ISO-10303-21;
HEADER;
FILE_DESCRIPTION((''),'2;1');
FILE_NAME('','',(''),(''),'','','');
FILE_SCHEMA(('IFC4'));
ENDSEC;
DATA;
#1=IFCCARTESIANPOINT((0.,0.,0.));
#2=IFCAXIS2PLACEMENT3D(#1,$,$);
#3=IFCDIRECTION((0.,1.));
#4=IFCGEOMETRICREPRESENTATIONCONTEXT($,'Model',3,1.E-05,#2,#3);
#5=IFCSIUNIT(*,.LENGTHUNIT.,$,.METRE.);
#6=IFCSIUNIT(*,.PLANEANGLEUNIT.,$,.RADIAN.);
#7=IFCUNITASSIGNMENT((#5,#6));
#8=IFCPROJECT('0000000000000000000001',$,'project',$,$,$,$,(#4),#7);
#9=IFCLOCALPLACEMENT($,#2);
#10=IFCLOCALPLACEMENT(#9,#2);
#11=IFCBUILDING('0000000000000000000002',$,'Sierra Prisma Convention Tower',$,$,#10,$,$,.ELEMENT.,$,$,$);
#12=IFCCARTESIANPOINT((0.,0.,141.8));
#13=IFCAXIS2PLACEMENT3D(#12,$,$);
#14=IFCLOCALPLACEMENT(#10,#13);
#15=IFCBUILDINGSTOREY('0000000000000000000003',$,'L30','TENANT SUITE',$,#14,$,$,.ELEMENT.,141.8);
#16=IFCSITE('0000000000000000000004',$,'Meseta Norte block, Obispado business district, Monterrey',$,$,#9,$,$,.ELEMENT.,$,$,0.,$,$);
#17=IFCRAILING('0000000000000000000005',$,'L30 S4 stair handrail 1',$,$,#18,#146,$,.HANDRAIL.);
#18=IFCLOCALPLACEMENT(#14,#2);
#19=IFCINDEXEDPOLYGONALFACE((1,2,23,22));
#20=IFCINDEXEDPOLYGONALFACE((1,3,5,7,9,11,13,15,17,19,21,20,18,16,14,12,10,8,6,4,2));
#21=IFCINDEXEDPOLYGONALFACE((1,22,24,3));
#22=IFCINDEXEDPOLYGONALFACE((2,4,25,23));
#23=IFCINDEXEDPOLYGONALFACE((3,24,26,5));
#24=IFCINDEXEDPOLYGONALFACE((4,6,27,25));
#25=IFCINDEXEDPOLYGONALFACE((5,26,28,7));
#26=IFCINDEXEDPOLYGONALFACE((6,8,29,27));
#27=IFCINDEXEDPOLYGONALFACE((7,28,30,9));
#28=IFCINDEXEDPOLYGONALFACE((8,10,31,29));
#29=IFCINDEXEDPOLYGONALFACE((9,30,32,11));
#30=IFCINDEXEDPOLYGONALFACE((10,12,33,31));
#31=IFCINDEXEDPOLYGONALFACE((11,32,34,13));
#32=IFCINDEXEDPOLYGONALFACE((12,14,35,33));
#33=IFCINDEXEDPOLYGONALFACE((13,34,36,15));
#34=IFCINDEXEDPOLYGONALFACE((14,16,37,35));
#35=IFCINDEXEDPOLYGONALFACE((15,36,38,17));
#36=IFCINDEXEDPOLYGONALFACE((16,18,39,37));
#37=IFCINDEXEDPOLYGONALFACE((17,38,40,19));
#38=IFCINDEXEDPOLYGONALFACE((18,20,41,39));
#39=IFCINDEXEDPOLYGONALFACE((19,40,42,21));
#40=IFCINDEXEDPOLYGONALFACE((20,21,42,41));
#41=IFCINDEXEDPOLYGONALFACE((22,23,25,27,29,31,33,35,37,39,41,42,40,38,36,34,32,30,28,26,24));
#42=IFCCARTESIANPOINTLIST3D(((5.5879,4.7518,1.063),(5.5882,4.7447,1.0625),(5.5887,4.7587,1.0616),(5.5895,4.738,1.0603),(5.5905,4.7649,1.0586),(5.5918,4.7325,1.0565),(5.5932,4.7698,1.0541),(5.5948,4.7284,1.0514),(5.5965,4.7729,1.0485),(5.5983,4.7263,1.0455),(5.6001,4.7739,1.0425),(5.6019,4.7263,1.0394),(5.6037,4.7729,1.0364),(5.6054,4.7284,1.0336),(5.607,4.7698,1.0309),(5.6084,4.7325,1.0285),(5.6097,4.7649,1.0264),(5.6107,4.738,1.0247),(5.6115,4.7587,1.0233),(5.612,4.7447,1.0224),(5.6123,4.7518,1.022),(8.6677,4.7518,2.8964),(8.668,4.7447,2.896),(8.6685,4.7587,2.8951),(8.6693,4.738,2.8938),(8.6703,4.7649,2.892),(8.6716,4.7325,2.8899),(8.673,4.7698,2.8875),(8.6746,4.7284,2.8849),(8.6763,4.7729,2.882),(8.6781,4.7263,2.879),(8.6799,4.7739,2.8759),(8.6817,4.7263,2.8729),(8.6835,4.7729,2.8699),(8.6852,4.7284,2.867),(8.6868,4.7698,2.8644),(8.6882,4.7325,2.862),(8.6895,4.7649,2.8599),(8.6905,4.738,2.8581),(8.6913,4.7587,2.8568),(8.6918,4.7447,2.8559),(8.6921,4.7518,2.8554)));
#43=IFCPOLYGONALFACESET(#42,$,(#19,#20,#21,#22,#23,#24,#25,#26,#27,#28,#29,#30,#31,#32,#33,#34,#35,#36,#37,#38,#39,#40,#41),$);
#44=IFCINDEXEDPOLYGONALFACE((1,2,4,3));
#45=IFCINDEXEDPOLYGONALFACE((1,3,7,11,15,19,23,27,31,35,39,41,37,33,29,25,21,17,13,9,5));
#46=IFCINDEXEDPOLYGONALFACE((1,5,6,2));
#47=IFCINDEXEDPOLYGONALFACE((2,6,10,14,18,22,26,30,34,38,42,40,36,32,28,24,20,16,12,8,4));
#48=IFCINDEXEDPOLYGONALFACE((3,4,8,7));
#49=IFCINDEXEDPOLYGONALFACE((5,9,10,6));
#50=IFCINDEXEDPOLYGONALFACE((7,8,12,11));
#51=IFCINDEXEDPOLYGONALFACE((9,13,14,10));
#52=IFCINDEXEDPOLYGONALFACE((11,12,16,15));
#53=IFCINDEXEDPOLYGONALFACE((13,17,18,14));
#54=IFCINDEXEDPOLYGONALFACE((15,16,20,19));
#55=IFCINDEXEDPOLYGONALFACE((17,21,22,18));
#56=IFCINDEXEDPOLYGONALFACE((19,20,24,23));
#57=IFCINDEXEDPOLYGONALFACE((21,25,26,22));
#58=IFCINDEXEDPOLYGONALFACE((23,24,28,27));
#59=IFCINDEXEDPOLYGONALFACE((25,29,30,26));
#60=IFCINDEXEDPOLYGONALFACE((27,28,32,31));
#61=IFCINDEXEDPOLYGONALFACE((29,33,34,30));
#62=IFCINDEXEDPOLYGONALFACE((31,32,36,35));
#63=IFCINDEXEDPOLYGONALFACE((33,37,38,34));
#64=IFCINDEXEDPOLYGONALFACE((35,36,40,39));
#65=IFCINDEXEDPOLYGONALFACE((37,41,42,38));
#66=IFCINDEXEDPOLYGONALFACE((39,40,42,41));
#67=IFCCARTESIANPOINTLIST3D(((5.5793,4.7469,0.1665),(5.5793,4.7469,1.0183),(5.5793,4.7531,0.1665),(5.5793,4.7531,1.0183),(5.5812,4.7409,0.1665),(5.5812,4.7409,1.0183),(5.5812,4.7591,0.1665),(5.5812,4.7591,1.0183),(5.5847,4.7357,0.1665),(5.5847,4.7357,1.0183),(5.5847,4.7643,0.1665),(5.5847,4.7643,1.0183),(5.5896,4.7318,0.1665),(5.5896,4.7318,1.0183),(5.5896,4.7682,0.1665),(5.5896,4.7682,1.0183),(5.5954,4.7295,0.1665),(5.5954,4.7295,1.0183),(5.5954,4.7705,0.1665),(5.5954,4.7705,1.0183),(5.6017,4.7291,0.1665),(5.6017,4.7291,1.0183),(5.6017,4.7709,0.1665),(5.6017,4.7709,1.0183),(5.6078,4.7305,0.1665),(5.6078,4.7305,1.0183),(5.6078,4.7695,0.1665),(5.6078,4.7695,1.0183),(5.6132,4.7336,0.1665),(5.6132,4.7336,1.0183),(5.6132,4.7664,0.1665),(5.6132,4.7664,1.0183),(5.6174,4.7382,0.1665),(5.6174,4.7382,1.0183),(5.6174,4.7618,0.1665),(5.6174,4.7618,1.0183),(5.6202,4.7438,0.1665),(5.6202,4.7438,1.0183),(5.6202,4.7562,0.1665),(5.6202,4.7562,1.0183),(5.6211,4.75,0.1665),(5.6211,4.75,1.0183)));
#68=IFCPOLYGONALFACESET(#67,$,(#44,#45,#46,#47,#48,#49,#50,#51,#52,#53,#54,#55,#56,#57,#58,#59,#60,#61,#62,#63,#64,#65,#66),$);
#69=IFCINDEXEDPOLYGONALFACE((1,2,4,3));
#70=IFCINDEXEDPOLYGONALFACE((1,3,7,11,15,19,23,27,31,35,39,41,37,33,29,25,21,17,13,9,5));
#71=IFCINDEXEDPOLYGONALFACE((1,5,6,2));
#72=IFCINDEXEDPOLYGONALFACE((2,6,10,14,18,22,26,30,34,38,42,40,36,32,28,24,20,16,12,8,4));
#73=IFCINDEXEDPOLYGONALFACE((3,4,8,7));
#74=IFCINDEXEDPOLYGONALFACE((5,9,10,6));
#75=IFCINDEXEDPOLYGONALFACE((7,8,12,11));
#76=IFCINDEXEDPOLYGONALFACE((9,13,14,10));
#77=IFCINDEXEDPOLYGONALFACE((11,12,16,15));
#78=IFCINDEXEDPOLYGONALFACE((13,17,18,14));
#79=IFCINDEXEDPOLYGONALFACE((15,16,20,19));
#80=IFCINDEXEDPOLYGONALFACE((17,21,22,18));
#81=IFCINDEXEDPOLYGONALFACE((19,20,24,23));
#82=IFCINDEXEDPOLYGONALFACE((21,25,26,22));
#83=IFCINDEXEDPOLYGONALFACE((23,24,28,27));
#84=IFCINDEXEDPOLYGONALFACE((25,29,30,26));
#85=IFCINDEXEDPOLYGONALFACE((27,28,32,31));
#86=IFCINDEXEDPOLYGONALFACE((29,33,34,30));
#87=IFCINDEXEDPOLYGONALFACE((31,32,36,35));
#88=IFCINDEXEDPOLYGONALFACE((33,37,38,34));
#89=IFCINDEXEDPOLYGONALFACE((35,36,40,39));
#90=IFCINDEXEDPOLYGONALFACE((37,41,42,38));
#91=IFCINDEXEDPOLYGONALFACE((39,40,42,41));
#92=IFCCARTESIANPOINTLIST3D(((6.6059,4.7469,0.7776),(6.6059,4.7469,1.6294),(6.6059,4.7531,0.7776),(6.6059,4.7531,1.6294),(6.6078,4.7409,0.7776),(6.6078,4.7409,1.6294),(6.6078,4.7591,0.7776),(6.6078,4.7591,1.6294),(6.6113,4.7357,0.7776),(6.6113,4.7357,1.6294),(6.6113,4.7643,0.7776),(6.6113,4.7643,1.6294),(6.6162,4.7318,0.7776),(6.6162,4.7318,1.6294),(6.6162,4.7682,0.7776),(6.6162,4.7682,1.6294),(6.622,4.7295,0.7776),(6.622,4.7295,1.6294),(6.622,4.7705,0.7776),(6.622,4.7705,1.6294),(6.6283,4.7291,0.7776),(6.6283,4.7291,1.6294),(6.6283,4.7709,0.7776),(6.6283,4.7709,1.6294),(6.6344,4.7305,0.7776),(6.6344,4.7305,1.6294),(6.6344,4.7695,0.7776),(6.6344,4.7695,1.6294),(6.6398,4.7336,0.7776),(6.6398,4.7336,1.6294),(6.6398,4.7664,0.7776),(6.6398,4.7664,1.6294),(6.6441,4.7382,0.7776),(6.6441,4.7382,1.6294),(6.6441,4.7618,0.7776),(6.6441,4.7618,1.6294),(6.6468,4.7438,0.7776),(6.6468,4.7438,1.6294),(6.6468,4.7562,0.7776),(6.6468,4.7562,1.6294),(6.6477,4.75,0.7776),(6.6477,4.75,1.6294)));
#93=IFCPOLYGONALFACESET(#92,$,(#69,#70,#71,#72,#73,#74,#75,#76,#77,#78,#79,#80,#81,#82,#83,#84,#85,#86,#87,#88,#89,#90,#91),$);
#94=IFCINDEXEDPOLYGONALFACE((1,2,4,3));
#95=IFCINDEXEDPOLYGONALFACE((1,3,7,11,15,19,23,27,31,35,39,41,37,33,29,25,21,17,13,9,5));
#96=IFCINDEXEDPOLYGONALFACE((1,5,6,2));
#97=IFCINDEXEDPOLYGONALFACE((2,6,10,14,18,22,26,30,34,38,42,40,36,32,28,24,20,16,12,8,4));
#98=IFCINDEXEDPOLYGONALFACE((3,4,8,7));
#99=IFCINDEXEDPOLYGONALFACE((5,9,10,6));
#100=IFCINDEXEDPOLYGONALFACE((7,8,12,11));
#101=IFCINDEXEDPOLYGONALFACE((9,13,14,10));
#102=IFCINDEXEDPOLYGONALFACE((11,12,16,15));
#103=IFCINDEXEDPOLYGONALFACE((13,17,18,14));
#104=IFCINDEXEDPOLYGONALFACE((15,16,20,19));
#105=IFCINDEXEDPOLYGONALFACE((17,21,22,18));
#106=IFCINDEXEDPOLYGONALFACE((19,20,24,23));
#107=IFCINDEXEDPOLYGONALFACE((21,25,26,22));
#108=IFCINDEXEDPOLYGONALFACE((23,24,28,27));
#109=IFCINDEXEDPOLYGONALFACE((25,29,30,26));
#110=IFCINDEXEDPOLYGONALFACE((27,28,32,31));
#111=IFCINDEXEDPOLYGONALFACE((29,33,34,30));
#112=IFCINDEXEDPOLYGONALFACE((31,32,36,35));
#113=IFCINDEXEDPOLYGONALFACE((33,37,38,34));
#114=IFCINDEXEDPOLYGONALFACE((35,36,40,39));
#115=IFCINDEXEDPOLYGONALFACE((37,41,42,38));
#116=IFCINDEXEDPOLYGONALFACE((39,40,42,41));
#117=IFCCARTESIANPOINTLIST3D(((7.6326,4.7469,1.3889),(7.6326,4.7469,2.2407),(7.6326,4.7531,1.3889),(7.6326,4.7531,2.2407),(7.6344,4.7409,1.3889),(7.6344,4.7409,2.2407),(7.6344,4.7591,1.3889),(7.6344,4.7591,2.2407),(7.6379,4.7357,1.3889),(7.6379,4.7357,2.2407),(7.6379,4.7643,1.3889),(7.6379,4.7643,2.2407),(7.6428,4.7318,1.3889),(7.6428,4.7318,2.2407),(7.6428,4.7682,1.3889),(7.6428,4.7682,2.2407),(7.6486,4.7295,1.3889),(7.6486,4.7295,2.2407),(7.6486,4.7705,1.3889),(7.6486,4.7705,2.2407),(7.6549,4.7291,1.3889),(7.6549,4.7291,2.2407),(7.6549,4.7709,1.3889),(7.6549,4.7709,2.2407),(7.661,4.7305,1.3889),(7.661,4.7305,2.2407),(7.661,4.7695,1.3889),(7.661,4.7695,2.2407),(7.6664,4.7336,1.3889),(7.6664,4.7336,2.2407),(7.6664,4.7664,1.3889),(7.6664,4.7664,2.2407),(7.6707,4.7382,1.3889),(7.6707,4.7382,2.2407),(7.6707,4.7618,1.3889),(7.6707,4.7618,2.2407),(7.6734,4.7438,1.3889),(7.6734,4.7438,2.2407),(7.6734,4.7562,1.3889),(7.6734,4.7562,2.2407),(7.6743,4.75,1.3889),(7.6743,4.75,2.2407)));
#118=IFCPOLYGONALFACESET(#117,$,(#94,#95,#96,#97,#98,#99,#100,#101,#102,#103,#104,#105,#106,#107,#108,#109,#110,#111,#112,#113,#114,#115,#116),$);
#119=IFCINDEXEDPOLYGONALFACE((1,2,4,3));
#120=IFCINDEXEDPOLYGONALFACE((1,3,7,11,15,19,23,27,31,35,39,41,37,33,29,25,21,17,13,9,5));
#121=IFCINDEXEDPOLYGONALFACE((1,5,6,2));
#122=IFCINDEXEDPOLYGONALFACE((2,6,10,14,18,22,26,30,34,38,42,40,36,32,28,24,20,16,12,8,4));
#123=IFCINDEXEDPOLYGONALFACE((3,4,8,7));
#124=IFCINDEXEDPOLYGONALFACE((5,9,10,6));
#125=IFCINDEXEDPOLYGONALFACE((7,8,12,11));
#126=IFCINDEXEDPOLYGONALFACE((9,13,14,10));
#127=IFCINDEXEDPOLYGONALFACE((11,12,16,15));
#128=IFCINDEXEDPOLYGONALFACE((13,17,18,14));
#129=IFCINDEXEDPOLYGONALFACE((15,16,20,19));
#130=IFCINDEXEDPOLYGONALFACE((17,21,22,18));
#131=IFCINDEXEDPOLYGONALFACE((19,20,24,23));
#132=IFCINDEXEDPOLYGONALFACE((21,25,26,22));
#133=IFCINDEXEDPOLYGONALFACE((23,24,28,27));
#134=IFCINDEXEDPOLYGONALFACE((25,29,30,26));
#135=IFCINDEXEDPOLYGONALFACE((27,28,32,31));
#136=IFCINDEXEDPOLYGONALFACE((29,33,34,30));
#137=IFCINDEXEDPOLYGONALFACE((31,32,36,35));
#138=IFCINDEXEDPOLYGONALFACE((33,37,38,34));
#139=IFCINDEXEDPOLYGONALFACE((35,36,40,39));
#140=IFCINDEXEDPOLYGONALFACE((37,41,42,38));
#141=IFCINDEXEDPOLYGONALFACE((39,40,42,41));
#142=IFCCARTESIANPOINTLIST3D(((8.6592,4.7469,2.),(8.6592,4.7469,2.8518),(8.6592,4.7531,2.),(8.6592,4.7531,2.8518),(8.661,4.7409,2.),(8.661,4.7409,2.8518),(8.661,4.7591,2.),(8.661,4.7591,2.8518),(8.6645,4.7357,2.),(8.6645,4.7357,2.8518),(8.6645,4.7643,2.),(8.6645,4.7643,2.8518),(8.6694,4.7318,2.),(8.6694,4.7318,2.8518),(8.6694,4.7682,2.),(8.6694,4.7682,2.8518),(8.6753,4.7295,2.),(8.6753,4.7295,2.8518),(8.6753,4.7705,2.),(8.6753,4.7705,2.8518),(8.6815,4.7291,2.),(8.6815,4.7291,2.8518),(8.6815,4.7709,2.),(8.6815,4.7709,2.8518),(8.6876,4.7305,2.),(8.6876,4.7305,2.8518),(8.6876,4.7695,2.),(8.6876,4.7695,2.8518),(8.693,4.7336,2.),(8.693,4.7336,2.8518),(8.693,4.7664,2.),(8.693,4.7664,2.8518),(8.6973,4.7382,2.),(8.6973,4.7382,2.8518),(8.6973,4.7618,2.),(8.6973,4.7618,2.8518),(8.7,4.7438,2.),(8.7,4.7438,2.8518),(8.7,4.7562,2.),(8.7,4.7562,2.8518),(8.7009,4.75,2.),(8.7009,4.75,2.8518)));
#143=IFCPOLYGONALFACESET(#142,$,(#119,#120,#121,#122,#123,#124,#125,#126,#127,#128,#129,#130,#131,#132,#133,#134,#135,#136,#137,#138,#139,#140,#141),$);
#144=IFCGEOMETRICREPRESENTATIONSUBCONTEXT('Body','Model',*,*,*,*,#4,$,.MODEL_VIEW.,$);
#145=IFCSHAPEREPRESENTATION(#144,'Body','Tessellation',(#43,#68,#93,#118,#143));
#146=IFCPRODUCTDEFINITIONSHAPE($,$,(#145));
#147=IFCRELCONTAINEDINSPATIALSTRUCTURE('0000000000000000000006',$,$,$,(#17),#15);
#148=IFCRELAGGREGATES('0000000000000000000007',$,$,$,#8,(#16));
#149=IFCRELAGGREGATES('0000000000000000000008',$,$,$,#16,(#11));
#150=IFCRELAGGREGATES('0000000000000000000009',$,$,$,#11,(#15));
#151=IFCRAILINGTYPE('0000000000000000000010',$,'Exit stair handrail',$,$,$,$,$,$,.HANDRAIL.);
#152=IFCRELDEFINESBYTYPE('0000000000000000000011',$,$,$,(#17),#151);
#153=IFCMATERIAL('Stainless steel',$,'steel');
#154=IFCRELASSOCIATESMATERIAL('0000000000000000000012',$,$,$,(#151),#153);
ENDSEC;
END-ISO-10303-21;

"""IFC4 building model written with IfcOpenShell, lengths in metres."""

from ifc_helpers import new_model, si_unit, direction, frame, origin, origin_2d, place, context, subcontext, project, spatial, circle, extrude, material, type_object, element, save


model = new_model("IFC4")

# Units and contexts
model_context = context("Model", 3, precision=1e-05, world=origin(), true_north=direction((0.0, 1.0)))
body_context = subcontext(model_context, "Body", "Model", "MODEL_VIEW")
ifc_project = project(units=[si_unit("LENGTHUNIT", "METRE"), si_unit("PLANEANGLEUNIT", "RADIAN")], contexts=[model_context])

# Site, building, storey
site_placement = place(None, origin())
site = spatial("IfcSite", under=ifc_project, at=site_placement, Name="Meseta Norte block, Obispado business district, Monterrey", CompositionType="ELEMENT", RefElevation=0.0)
building_placement = place(site_placement, origin())
building = spatial("IfcBuilding", under=site, at=building_placement, Name="Sierra Prisma Convention Tower", CompositionType="ELEMENT")
storey_placement = place(building_placement, frame((0.0, 0.0, 141.8)))
storey = spatial("IfcBuildingStorey", under=building, at=storey_placement, Name="L30", Description="TENANT SUITE", CompositionType="ELEMENT", Elevation=141.8)

# Railing
ifc_material_1 = material(Name="Stainless steel", Category="steel")
railing_type_1 = type_object("IfcRailingType", Name="Exit stair handrail", PredefinedType="HANDRAIL", material=ifc_material_1)
railing_1_placement = place(storey_placement, frame((5.6001, 4.75, 0.1665)))
element("IfcRailing", 1, at=railing_1_placement, inside=storey, type_object=railing_type_1, Name="L30 S4 stair handrail 1", PredefinedType="HANDRAIL", context=body_context, shape_type="SweptSolid", body=[
    extrude(circle(Radius=0.0239, at=origin_2d()), frame((0.0, 0.0, 0.876), z_axis=(0.859261, 0.0, 0.511538), x_axis=(0.0, 1.0, 0.0)), (0.0, 0.0, 1.0), 3.5842),
    extrude(circle(Radius=0.021, at=origin_2d()), origin(), (0.0, 0.0, 1.0), 0.8518),
    extrude(circle(Radius=0.021, at=origin_2d()), frame((1.0266, 0.0, 0.6111)), (0.0, 0.0, 1.0), 0.8518),
    extrude(circle(Radius=0.021, at=origin_2d()), frame((2.0532, 0.0, 1.2224)), (0.0, 0.0, 1.0), 0.8518),
    extrude(circle(Radius=0.021, at=origin_2d()), frame((3.0798, 0.0, 1.8335)), (0.0, 0.0, 1.0), 0.8518),
])

save(model, "model.ifc")
